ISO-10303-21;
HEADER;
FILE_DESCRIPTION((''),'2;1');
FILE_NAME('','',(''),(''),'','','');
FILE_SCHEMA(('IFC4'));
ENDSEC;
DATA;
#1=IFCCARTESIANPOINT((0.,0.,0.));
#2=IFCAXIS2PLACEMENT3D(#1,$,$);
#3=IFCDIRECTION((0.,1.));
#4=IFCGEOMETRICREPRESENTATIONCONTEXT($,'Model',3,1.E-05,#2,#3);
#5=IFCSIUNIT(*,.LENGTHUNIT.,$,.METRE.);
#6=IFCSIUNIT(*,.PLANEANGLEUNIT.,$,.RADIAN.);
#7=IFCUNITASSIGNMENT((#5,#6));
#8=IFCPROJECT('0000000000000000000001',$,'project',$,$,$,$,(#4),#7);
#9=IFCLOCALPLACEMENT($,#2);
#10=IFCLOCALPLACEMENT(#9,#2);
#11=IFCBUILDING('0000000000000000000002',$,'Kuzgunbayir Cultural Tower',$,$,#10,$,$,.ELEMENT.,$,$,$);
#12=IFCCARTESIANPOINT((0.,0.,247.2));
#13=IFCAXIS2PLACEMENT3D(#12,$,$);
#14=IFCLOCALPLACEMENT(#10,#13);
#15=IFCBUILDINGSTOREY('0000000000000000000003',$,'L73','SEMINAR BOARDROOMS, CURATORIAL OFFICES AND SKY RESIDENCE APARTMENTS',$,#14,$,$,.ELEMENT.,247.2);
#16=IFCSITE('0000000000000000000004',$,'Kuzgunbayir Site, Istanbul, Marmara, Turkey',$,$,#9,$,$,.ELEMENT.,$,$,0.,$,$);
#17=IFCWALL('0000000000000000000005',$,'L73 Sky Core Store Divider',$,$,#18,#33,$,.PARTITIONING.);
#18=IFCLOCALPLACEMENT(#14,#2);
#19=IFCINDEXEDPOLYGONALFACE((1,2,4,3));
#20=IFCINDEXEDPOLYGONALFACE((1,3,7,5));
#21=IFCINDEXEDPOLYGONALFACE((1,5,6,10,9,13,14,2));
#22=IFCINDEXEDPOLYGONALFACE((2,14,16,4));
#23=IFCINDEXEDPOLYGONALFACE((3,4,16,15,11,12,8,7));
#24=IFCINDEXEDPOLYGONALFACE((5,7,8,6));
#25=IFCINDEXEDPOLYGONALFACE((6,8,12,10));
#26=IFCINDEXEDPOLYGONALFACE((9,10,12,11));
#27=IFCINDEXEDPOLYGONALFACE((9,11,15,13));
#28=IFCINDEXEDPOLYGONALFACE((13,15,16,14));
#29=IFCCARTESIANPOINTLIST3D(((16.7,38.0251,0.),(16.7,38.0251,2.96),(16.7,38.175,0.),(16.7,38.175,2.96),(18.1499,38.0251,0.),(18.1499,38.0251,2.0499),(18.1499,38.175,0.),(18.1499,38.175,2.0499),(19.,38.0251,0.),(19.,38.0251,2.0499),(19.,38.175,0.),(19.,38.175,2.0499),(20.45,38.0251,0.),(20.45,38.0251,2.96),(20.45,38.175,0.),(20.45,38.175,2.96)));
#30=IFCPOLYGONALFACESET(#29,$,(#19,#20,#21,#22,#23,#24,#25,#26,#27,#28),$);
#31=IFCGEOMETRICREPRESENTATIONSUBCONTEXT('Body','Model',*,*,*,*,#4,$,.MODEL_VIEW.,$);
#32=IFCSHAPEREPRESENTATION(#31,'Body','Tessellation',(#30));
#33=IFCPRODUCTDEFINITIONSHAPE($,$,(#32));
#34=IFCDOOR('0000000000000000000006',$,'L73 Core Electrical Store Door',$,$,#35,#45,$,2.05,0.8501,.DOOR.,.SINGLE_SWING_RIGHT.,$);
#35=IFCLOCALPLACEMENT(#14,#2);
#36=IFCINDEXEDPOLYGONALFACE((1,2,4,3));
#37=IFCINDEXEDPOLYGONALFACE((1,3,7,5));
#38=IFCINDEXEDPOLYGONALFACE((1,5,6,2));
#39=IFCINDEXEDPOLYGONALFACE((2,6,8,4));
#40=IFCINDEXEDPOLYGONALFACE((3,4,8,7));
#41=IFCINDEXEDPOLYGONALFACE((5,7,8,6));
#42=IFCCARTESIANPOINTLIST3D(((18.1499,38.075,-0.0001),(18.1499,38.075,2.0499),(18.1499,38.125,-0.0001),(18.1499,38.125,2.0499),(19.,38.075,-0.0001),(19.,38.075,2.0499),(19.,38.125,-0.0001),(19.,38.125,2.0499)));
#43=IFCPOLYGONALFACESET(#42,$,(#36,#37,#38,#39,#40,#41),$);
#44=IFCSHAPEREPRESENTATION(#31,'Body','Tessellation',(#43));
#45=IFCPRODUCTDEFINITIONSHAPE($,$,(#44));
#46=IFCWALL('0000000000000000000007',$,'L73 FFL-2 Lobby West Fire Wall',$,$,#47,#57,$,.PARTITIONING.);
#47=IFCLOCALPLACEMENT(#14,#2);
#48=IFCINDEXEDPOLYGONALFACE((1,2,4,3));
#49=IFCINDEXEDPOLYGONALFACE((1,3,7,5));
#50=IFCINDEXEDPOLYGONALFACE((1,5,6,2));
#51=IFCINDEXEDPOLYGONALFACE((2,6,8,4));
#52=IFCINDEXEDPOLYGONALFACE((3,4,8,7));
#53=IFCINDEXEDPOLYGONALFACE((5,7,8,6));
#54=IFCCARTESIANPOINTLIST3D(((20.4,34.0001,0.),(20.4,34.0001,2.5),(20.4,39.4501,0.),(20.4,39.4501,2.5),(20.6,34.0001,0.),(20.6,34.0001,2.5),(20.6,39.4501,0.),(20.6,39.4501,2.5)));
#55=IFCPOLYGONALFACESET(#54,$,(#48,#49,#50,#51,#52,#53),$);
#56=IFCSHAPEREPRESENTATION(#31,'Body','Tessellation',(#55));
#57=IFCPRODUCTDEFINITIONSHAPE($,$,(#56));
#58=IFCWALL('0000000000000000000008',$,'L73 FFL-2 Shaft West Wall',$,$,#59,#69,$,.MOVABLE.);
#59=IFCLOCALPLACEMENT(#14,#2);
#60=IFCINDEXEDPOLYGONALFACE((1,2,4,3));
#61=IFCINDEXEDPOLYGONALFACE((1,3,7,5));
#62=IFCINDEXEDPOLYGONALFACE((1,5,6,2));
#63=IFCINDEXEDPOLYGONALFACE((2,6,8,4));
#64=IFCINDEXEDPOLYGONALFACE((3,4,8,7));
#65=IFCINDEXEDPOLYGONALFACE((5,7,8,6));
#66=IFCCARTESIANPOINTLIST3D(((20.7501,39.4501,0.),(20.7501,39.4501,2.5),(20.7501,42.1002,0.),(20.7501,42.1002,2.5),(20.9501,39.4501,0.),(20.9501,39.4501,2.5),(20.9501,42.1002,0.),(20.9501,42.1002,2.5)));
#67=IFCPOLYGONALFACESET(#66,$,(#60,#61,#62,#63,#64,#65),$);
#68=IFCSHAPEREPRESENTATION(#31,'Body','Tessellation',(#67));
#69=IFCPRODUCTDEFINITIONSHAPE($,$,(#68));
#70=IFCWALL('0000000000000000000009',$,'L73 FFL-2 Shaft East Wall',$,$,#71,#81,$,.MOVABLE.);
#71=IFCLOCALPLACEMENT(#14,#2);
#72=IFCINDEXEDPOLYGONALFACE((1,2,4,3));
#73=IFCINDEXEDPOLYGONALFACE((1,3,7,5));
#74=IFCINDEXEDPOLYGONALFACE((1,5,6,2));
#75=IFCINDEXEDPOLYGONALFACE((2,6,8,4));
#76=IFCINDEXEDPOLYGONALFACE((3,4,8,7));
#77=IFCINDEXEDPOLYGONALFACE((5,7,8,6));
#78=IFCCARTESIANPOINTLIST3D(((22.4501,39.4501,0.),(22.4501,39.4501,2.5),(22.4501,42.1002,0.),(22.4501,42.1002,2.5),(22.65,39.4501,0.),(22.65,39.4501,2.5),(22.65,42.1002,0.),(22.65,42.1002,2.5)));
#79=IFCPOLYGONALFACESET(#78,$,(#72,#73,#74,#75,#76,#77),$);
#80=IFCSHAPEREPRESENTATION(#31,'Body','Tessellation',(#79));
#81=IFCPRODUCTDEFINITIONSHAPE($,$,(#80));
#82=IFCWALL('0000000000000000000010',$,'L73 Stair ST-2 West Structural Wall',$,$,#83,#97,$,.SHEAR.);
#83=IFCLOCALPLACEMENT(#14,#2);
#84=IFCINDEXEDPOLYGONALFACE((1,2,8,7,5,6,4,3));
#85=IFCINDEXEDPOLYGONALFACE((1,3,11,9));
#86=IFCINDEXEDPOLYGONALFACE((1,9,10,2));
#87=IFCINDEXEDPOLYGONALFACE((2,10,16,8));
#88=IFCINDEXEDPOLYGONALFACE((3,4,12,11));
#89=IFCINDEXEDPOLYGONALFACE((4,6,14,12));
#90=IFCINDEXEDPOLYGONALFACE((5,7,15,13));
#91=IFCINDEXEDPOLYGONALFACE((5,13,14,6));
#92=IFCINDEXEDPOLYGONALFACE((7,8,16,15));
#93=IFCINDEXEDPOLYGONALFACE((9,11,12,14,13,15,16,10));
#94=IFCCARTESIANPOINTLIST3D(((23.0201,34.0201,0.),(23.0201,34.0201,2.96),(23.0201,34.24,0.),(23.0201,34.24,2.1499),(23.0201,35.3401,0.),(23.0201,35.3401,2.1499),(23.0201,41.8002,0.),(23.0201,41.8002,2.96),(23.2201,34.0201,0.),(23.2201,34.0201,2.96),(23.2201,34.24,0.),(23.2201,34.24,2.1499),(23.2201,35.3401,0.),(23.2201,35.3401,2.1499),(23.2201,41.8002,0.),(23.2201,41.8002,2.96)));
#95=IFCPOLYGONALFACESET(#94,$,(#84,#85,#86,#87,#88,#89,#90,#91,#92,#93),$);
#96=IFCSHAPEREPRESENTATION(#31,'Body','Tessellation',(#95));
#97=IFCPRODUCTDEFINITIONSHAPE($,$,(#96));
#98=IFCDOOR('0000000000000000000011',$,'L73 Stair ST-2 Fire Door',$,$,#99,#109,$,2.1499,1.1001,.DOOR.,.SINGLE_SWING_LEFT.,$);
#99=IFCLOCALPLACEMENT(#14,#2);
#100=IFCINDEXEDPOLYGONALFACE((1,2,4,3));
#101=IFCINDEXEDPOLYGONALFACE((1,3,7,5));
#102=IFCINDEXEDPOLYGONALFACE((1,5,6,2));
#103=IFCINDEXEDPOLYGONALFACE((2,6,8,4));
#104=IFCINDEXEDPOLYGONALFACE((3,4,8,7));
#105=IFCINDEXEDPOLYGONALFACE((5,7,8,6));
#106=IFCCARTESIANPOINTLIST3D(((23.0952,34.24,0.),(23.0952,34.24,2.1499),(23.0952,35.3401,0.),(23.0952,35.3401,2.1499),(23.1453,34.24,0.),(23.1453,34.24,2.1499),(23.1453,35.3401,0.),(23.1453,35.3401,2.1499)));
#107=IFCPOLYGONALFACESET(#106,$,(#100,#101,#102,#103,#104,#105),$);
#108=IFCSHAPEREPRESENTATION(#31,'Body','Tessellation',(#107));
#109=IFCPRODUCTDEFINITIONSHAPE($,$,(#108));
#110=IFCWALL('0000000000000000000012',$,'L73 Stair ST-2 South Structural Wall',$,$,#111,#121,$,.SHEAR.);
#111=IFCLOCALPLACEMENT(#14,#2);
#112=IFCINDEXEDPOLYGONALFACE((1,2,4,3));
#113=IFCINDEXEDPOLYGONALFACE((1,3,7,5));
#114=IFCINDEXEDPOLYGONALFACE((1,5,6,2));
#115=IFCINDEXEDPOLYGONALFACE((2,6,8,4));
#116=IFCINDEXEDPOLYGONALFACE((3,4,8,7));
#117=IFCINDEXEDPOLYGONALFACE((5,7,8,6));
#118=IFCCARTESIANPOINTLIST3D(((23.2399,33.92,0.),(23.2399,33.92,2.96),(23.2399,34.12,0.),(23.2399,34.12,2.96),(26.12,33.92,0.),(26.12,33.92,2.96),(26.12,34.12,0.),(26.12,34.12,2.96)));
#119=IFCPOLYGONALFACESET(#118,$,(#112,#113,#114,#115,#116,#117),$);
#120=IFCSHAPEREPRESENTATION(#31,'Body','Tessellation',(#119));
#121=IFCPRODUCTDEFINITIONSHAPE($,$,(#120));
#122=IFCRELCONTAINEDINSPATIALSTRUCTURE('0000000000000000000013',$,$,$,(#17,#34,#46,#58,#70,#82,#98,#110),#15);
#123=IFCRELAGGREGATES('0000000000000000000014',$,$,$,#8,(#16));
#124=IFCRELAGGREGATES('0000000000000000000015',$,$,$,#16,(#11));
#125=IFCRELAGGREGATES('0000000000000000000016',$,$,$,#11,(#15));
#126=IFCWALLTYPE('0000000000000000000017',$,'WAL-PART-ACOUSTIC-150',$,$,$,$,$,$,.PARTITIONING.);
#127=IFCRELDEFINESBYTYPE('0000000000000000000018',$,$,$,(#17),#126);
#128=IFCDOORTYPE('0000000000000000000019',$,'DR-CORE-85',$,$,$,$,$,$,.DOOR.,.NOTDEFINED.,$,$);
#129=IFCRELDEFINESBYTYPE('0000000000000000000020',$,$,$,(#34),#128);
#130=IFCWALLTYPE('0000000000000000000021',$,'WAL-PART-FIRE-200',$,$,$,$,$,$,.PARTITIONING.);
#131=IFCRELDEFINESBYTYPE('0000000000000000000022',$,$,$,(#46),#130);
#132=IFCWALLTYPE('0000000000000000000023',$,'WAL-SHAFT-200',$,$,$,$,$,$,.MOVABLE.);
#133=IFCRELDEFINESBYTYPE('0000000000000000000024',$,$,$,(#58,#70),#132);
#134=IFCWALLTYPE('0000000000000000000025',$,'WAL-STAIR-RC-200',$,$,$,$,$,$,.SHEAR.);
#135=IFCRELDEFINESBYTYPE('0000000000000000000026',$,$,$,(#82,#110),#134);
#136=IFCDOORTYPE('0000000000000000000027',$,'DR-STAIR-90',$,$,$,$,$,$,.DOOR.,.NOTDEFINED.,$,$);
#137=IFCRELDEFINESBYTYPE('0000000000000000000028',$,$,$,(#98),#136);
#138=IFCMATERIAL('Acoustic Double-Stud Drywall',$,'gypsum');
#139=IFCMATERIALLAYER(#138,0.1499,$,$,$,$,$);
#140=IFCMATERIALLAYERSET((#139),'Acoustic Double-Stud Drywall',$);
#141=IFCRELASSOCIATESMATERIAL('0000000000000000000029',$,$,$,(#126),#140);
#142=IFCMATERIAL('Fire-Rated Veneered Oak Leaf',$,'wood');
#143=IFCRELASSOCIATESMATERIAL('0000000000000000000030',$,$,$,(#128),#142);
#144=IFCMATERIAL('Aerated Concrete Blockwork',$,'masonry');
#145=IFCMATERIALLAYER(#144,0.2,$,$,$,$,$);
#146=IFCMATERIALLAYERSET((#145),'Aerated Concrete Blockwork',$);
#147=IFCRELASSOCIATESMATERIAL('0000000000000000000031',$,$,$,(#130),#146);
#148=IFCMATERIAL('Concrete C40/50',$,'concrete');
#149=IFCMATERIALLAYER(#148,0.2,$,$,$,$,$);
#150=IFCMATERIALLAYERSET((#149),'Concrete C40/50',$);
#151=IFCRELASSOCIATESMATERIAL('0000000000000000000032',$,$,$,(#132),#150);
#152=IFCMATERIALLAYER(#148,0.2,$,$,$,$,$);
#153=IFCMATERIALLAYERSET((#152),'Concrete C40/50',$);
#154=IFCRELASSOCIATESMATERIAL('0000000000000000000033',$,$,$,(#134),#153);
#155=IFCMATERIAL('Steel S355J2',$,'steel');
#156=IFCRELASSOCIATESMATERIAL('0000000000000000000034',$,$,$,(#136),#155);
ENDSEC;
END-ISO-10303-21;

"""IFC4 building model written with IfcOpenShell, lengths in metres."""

from ifc_helpers import new_model, si_unit, direction, frame, frame_2d, origin, place, context, subcontext, project, spatial, rectangle, extrude, material, layer, layer_set, type_object, element, fill, save


model = new_model("IFC4")

# Units and contexts
model_context = context("Model", 3, precision=1e-05, world=origin(), true_north=direction((0.0, 1.0)))
body_context = subcontext(model_context, "Body", "Model", "MODEL_VIEW")
ifc_project = project(units=[si_unit("LENGTHUNIT", "METRE"), si_unit("PLANEANGLEUNIT", "RADIAN")], contexts=[model_context])

# Site, building, storey
site_placement = place(None, origin())
site = spatial("IfcSite", under=ifc_project, at=site_placement, Name="Kuzgunbayir Site, Istanbul, Marmara, Turkey", CompositionType="ELEMENT", RefElevation=0.0)
building_placement = place(site_placement, origin())
building = spatial("IfcBuilding", under=site, at=building_placement, Name="Kuzgunbayir Cultural Tower", CompositionType="ELEMENT")
storey_placement = place(building_placement, frame((0.0, 0.0, 247.2)))
storey = spatial("IfcBuildingStorey", under=building, at=storey_placement, Name="L73", Description="SEMINAR BOARDROOMS, CURATORIAL OFFICES AND SKY RESIDENCE APARTMENTS", CompositionType="ELEMENT", Elevation=247.2)

# Shared definitions
ifc_material_1 = material(Name="Steel S355J2", Category="steel")

# Shared definitions
ifc_material_2 = material(Name="Acoustic Double-Stud Drywall", Category="gypsum")
ifc_layer_1 = layer(ifc_material_2, 0.1499)
ifc_layer_set_1 = layer_set([ifc_layer_1], Name="Acoustic Double-Stud Drywall")
wall_type_1 = type_object("IfcWallType", Name="WAL-PART-ACOUSTIC-150", PredefinedType="PARTITIONING", material=ifc_layer_set_1)

# Wall, opening, door
wall_1_placement = place(storey_placement, frame((16.7, 38.1001, 0.0), z_axis=(0.0, 0.0, 1.0), x_axis=(1.0, 0.0, 0.0)))
wall_1 = element("IfcWall", 1, at=wall_1_placement, inside=storey, type_object=wall_type_1, Name="L73 Sky Core Store Divider", PredefinedType="PARTITIONING", context=body_context, shape_type="SweptSolid", body=[
    extrude(rectangle(XDim=3.75, YDim=0.1499, at=frame_2d((1.875, 0.0))), origin(), (0.0, 0.0, 1.0), 2.96),
])
opening_1_placement = place(wall_1_placement, frame((1.45, 0.0, 0.0)))
opening_1 = element("IfcOpeningElement", 2, at=opening_1_placement, cuts=wall_1, PredefinedType="OPENING", context=body_context, shape_type="SweptSolid", body=[
    extrude(rectangle(XDim=0.8501, YDim=2.05, at=frame_2d((0.425, 1.0249))), frame((0.0, 0.085, 0.0), z_axis=(0.0, -1.0, 0.0), x_axis=(1.0, 0.0, 0.0)), (0.0, 0.0, 1.0), 0.1699),
])
ifc_material_3 = material(Name="Fire-Rated Veneered Oak Leaf", Category="wood")
door_type_1 = type_object("IfcDoorType", Name="DR-CORE-85", OperationType="NOTDEFINED", PredefinedType="DOOR", material=ifc_material_3)
door_1_placement = place(opening_1_placement, origin())
door_1 = element("IfcDoor", 3, at=door_1_placement, inside=storey, type_object=door_type_1, Name="L73 Core Electrical Store Door", OperationType="SINGLE_SWING_RIGHT", OverallHeight=2.05, OverallWidth=0.8501, PredefinedType="DOOR", context=body_context, shape_type="SweptSolid", body=[
    extrude(rectangle(XDim=0.8501, YDim=2.05, at=frame_2d((0.425, 1.0249))), frame((0.0, 0.0249, 0.0), z_axis=(0.0, -1.0, 0.0), x_axis=(1.0, 0.0, 0.0)), (0.0, 0.0, 1.0), 0.05),
])
fill(opening_1, door_1)

# Wall
ifc_material_4 = material(Name="Aerated Concrete Blockwork", Category="masonry")
ifc_layer_2 = layer(ifc_material_4, 0.2)
ifc_layer_set_2 = layer_set([ifc_layer_2], Name="Aerated Concrete Blockwork")
wall_type_2 = type_object("IfcWallType", Name="WAL-PART-FIRE-200", PredefinedType="PARTITIONING", material=ifc_layer_set_2)
wall_2_placement = place(storey_placement, frame((20.5, 34.0, 0.0), z_axis=(0.0, 0.0, 1.0), x_axis=(0.0, 1.0, 0.0)))
element("IfcWall", 4, at=wall_2_placement, inside=storey, type_object=wall_type_2, Name="L73 FFL-2 Lobby West Fire Wall", PredefinedType="PARTITIONING", context=body_context, shape_type="SweptSolid", body=[
    extrude(rectangle(XDim=5.45, YDim=0.2, at=frame_2d((2.7251, 0.0))), origin(), (0.0, 0.0, 1.0), 2.5),
])

# Shared definitions
ifc_material_5 = material(Name="Concrete C40/50", Category="concrete")
ifc_layer_3 = layer(ifc_material_5, 0.2)
ifc_layer_set_3 = layer_set([ifc_layer_3], Name="Concrete C40/50")
wall_type_3 = type_object("IfcWallType", Name="WAL-SHAFT-200", PredefinedType="MOVABLE", material=ifc_layer_set_3)

# Walls
for number, where, z_axis, x_axis, name in (
    (5, (20.8501, 39.45, 0.0), (0.0, 0.0, 1.0), (0.0, 1.0, 0.0), "L73 FFL-2 Shaft West Wall"),
    (6, (22.55, 39.45, 0.0), (0.0, 0.0, 1.0), (0.0, 1.0, 0.0), "L73 FFL-2 Shaft East Wall"),
):
    element("IfcWall", number, at=place(storey_placement, frame(where, z_axis=z_axis, x_axis=x_axis)), inside=storey, type_object=wall_type_3, Name=name, PredefinedType="MOVABLE", context=body_context, shape_type="SweptSolid", body=[
        extrude(rectangle(XDim=2.6501, YDim=0.2, at=frame_2d((1.3252, 0.0))), origin(), (0.0, 0.0, 1.0), 2.5),
    ])

# Wall, opening, door
ifc_layer_4 = layer(ifc_material_5, 0.2)
ifc_layer_set_4 = layer_set([ifc_layer_4], Name="Concrete C40/50")
wall_type_4 = type_object("IfcWallType", Name="WAL-STAIR-RC-200", PredefinedType="SHEAR", material=ifc_layer_set_4)
wall_3_placement = place(storey_placement, frame((23.1201, 34.02, 0.0), z_axis=(0.0, 0.0, 1.0), x_axis=(0.0, 1.0, 0.0)))
wall_3 = element("IfcWall", 7, at=wall_3_placement, inside=storey, type_object=wall_type_4, Name="L73 Stair ST-2 West Structural Wall", PredefinedType="SHEAR", context=body_context, shape_type="SweptSolid", body=[
    extrude(rectangle(XDim=7.78, YDim=0.2, at=frame_2d((3.8901, 0.0))), origin(), (0.0, 0.0, 1.0), 2.96),
])
opening_2_placement = place(wall_3_placement, frame((0.22, 0.0, 0.0)))
opening_2 = element("IfcOpeningElement", 8, at=opening_2_placement, cuts=wall_3, PredefinedType="OPENING", context=body_context, shape_type="SweptSolid", body=[
    extrude(rectangle(XDim=1.1001, YDim=2.1499, at=frame_2d((0.55, 1.075))), frame((0.0, 0.1099, 0.0), z_axis=(0.0, -1.0, 0.0), x_axis=(1.0, 0.0, 0.0)), (0.0, 0.0, 1.0), 0.22),
])
door_type_2 = type_object("IfcDoorType", Name="DR-STAIR-90", OperationType="NOTDEFINED", PredefinedType="DOOR", material=ifc_material_1)
door_2_placement = place(opening_2_placement, origin())
door_2 = element("IfcDoor", 9, at=door_2_placement, inside=storey, type_object=door_type_2, Name="L73 Stair ST-2 Fire Door", OperationType="SINGLE_SWING_LEFT", OverallHeight=2.1499, OverallWidth=1.1001, PredefinedType="DOOR", context=body_context, shape_type="SweptSolid", body=[
    extrude(rectangle(XDim=1.1001, YDim=2.1499, at=frame_2d((0.55, 1.075))), frame((0.0, 0.0249, 0.0), z_axis=(0.0, -1.0, 0.0), x_axis=(1.0, 0.0, 0.0)), (0.0, 0.0, 1.0), 0.05),
])
fill(opening_2, door_2)

# Wall
wall_4_placement = place(storey_placement, frame((23.24, 34.02, 0.0), z_axis=(0.0, 0.0, 1.0), x_axis=(1.0, 0.0, 0.0)))
element("IfcWall", 10, at=wall_4_placement, inside=storey, type_object=wall_type_4, Name="L73 Stair ST-2 South Structural Wall", PredefinedType="SHEAR", context=body_context, shape_type="SweptSolid", body=[
    extrude(rectangle(XDim=2.8801, YDim=0.2, at=frame_2d((1.4399, 0.0))), origin(), (0.0, 0.0, 1.0), 2.96),
])

save(model, "model.ifc")
